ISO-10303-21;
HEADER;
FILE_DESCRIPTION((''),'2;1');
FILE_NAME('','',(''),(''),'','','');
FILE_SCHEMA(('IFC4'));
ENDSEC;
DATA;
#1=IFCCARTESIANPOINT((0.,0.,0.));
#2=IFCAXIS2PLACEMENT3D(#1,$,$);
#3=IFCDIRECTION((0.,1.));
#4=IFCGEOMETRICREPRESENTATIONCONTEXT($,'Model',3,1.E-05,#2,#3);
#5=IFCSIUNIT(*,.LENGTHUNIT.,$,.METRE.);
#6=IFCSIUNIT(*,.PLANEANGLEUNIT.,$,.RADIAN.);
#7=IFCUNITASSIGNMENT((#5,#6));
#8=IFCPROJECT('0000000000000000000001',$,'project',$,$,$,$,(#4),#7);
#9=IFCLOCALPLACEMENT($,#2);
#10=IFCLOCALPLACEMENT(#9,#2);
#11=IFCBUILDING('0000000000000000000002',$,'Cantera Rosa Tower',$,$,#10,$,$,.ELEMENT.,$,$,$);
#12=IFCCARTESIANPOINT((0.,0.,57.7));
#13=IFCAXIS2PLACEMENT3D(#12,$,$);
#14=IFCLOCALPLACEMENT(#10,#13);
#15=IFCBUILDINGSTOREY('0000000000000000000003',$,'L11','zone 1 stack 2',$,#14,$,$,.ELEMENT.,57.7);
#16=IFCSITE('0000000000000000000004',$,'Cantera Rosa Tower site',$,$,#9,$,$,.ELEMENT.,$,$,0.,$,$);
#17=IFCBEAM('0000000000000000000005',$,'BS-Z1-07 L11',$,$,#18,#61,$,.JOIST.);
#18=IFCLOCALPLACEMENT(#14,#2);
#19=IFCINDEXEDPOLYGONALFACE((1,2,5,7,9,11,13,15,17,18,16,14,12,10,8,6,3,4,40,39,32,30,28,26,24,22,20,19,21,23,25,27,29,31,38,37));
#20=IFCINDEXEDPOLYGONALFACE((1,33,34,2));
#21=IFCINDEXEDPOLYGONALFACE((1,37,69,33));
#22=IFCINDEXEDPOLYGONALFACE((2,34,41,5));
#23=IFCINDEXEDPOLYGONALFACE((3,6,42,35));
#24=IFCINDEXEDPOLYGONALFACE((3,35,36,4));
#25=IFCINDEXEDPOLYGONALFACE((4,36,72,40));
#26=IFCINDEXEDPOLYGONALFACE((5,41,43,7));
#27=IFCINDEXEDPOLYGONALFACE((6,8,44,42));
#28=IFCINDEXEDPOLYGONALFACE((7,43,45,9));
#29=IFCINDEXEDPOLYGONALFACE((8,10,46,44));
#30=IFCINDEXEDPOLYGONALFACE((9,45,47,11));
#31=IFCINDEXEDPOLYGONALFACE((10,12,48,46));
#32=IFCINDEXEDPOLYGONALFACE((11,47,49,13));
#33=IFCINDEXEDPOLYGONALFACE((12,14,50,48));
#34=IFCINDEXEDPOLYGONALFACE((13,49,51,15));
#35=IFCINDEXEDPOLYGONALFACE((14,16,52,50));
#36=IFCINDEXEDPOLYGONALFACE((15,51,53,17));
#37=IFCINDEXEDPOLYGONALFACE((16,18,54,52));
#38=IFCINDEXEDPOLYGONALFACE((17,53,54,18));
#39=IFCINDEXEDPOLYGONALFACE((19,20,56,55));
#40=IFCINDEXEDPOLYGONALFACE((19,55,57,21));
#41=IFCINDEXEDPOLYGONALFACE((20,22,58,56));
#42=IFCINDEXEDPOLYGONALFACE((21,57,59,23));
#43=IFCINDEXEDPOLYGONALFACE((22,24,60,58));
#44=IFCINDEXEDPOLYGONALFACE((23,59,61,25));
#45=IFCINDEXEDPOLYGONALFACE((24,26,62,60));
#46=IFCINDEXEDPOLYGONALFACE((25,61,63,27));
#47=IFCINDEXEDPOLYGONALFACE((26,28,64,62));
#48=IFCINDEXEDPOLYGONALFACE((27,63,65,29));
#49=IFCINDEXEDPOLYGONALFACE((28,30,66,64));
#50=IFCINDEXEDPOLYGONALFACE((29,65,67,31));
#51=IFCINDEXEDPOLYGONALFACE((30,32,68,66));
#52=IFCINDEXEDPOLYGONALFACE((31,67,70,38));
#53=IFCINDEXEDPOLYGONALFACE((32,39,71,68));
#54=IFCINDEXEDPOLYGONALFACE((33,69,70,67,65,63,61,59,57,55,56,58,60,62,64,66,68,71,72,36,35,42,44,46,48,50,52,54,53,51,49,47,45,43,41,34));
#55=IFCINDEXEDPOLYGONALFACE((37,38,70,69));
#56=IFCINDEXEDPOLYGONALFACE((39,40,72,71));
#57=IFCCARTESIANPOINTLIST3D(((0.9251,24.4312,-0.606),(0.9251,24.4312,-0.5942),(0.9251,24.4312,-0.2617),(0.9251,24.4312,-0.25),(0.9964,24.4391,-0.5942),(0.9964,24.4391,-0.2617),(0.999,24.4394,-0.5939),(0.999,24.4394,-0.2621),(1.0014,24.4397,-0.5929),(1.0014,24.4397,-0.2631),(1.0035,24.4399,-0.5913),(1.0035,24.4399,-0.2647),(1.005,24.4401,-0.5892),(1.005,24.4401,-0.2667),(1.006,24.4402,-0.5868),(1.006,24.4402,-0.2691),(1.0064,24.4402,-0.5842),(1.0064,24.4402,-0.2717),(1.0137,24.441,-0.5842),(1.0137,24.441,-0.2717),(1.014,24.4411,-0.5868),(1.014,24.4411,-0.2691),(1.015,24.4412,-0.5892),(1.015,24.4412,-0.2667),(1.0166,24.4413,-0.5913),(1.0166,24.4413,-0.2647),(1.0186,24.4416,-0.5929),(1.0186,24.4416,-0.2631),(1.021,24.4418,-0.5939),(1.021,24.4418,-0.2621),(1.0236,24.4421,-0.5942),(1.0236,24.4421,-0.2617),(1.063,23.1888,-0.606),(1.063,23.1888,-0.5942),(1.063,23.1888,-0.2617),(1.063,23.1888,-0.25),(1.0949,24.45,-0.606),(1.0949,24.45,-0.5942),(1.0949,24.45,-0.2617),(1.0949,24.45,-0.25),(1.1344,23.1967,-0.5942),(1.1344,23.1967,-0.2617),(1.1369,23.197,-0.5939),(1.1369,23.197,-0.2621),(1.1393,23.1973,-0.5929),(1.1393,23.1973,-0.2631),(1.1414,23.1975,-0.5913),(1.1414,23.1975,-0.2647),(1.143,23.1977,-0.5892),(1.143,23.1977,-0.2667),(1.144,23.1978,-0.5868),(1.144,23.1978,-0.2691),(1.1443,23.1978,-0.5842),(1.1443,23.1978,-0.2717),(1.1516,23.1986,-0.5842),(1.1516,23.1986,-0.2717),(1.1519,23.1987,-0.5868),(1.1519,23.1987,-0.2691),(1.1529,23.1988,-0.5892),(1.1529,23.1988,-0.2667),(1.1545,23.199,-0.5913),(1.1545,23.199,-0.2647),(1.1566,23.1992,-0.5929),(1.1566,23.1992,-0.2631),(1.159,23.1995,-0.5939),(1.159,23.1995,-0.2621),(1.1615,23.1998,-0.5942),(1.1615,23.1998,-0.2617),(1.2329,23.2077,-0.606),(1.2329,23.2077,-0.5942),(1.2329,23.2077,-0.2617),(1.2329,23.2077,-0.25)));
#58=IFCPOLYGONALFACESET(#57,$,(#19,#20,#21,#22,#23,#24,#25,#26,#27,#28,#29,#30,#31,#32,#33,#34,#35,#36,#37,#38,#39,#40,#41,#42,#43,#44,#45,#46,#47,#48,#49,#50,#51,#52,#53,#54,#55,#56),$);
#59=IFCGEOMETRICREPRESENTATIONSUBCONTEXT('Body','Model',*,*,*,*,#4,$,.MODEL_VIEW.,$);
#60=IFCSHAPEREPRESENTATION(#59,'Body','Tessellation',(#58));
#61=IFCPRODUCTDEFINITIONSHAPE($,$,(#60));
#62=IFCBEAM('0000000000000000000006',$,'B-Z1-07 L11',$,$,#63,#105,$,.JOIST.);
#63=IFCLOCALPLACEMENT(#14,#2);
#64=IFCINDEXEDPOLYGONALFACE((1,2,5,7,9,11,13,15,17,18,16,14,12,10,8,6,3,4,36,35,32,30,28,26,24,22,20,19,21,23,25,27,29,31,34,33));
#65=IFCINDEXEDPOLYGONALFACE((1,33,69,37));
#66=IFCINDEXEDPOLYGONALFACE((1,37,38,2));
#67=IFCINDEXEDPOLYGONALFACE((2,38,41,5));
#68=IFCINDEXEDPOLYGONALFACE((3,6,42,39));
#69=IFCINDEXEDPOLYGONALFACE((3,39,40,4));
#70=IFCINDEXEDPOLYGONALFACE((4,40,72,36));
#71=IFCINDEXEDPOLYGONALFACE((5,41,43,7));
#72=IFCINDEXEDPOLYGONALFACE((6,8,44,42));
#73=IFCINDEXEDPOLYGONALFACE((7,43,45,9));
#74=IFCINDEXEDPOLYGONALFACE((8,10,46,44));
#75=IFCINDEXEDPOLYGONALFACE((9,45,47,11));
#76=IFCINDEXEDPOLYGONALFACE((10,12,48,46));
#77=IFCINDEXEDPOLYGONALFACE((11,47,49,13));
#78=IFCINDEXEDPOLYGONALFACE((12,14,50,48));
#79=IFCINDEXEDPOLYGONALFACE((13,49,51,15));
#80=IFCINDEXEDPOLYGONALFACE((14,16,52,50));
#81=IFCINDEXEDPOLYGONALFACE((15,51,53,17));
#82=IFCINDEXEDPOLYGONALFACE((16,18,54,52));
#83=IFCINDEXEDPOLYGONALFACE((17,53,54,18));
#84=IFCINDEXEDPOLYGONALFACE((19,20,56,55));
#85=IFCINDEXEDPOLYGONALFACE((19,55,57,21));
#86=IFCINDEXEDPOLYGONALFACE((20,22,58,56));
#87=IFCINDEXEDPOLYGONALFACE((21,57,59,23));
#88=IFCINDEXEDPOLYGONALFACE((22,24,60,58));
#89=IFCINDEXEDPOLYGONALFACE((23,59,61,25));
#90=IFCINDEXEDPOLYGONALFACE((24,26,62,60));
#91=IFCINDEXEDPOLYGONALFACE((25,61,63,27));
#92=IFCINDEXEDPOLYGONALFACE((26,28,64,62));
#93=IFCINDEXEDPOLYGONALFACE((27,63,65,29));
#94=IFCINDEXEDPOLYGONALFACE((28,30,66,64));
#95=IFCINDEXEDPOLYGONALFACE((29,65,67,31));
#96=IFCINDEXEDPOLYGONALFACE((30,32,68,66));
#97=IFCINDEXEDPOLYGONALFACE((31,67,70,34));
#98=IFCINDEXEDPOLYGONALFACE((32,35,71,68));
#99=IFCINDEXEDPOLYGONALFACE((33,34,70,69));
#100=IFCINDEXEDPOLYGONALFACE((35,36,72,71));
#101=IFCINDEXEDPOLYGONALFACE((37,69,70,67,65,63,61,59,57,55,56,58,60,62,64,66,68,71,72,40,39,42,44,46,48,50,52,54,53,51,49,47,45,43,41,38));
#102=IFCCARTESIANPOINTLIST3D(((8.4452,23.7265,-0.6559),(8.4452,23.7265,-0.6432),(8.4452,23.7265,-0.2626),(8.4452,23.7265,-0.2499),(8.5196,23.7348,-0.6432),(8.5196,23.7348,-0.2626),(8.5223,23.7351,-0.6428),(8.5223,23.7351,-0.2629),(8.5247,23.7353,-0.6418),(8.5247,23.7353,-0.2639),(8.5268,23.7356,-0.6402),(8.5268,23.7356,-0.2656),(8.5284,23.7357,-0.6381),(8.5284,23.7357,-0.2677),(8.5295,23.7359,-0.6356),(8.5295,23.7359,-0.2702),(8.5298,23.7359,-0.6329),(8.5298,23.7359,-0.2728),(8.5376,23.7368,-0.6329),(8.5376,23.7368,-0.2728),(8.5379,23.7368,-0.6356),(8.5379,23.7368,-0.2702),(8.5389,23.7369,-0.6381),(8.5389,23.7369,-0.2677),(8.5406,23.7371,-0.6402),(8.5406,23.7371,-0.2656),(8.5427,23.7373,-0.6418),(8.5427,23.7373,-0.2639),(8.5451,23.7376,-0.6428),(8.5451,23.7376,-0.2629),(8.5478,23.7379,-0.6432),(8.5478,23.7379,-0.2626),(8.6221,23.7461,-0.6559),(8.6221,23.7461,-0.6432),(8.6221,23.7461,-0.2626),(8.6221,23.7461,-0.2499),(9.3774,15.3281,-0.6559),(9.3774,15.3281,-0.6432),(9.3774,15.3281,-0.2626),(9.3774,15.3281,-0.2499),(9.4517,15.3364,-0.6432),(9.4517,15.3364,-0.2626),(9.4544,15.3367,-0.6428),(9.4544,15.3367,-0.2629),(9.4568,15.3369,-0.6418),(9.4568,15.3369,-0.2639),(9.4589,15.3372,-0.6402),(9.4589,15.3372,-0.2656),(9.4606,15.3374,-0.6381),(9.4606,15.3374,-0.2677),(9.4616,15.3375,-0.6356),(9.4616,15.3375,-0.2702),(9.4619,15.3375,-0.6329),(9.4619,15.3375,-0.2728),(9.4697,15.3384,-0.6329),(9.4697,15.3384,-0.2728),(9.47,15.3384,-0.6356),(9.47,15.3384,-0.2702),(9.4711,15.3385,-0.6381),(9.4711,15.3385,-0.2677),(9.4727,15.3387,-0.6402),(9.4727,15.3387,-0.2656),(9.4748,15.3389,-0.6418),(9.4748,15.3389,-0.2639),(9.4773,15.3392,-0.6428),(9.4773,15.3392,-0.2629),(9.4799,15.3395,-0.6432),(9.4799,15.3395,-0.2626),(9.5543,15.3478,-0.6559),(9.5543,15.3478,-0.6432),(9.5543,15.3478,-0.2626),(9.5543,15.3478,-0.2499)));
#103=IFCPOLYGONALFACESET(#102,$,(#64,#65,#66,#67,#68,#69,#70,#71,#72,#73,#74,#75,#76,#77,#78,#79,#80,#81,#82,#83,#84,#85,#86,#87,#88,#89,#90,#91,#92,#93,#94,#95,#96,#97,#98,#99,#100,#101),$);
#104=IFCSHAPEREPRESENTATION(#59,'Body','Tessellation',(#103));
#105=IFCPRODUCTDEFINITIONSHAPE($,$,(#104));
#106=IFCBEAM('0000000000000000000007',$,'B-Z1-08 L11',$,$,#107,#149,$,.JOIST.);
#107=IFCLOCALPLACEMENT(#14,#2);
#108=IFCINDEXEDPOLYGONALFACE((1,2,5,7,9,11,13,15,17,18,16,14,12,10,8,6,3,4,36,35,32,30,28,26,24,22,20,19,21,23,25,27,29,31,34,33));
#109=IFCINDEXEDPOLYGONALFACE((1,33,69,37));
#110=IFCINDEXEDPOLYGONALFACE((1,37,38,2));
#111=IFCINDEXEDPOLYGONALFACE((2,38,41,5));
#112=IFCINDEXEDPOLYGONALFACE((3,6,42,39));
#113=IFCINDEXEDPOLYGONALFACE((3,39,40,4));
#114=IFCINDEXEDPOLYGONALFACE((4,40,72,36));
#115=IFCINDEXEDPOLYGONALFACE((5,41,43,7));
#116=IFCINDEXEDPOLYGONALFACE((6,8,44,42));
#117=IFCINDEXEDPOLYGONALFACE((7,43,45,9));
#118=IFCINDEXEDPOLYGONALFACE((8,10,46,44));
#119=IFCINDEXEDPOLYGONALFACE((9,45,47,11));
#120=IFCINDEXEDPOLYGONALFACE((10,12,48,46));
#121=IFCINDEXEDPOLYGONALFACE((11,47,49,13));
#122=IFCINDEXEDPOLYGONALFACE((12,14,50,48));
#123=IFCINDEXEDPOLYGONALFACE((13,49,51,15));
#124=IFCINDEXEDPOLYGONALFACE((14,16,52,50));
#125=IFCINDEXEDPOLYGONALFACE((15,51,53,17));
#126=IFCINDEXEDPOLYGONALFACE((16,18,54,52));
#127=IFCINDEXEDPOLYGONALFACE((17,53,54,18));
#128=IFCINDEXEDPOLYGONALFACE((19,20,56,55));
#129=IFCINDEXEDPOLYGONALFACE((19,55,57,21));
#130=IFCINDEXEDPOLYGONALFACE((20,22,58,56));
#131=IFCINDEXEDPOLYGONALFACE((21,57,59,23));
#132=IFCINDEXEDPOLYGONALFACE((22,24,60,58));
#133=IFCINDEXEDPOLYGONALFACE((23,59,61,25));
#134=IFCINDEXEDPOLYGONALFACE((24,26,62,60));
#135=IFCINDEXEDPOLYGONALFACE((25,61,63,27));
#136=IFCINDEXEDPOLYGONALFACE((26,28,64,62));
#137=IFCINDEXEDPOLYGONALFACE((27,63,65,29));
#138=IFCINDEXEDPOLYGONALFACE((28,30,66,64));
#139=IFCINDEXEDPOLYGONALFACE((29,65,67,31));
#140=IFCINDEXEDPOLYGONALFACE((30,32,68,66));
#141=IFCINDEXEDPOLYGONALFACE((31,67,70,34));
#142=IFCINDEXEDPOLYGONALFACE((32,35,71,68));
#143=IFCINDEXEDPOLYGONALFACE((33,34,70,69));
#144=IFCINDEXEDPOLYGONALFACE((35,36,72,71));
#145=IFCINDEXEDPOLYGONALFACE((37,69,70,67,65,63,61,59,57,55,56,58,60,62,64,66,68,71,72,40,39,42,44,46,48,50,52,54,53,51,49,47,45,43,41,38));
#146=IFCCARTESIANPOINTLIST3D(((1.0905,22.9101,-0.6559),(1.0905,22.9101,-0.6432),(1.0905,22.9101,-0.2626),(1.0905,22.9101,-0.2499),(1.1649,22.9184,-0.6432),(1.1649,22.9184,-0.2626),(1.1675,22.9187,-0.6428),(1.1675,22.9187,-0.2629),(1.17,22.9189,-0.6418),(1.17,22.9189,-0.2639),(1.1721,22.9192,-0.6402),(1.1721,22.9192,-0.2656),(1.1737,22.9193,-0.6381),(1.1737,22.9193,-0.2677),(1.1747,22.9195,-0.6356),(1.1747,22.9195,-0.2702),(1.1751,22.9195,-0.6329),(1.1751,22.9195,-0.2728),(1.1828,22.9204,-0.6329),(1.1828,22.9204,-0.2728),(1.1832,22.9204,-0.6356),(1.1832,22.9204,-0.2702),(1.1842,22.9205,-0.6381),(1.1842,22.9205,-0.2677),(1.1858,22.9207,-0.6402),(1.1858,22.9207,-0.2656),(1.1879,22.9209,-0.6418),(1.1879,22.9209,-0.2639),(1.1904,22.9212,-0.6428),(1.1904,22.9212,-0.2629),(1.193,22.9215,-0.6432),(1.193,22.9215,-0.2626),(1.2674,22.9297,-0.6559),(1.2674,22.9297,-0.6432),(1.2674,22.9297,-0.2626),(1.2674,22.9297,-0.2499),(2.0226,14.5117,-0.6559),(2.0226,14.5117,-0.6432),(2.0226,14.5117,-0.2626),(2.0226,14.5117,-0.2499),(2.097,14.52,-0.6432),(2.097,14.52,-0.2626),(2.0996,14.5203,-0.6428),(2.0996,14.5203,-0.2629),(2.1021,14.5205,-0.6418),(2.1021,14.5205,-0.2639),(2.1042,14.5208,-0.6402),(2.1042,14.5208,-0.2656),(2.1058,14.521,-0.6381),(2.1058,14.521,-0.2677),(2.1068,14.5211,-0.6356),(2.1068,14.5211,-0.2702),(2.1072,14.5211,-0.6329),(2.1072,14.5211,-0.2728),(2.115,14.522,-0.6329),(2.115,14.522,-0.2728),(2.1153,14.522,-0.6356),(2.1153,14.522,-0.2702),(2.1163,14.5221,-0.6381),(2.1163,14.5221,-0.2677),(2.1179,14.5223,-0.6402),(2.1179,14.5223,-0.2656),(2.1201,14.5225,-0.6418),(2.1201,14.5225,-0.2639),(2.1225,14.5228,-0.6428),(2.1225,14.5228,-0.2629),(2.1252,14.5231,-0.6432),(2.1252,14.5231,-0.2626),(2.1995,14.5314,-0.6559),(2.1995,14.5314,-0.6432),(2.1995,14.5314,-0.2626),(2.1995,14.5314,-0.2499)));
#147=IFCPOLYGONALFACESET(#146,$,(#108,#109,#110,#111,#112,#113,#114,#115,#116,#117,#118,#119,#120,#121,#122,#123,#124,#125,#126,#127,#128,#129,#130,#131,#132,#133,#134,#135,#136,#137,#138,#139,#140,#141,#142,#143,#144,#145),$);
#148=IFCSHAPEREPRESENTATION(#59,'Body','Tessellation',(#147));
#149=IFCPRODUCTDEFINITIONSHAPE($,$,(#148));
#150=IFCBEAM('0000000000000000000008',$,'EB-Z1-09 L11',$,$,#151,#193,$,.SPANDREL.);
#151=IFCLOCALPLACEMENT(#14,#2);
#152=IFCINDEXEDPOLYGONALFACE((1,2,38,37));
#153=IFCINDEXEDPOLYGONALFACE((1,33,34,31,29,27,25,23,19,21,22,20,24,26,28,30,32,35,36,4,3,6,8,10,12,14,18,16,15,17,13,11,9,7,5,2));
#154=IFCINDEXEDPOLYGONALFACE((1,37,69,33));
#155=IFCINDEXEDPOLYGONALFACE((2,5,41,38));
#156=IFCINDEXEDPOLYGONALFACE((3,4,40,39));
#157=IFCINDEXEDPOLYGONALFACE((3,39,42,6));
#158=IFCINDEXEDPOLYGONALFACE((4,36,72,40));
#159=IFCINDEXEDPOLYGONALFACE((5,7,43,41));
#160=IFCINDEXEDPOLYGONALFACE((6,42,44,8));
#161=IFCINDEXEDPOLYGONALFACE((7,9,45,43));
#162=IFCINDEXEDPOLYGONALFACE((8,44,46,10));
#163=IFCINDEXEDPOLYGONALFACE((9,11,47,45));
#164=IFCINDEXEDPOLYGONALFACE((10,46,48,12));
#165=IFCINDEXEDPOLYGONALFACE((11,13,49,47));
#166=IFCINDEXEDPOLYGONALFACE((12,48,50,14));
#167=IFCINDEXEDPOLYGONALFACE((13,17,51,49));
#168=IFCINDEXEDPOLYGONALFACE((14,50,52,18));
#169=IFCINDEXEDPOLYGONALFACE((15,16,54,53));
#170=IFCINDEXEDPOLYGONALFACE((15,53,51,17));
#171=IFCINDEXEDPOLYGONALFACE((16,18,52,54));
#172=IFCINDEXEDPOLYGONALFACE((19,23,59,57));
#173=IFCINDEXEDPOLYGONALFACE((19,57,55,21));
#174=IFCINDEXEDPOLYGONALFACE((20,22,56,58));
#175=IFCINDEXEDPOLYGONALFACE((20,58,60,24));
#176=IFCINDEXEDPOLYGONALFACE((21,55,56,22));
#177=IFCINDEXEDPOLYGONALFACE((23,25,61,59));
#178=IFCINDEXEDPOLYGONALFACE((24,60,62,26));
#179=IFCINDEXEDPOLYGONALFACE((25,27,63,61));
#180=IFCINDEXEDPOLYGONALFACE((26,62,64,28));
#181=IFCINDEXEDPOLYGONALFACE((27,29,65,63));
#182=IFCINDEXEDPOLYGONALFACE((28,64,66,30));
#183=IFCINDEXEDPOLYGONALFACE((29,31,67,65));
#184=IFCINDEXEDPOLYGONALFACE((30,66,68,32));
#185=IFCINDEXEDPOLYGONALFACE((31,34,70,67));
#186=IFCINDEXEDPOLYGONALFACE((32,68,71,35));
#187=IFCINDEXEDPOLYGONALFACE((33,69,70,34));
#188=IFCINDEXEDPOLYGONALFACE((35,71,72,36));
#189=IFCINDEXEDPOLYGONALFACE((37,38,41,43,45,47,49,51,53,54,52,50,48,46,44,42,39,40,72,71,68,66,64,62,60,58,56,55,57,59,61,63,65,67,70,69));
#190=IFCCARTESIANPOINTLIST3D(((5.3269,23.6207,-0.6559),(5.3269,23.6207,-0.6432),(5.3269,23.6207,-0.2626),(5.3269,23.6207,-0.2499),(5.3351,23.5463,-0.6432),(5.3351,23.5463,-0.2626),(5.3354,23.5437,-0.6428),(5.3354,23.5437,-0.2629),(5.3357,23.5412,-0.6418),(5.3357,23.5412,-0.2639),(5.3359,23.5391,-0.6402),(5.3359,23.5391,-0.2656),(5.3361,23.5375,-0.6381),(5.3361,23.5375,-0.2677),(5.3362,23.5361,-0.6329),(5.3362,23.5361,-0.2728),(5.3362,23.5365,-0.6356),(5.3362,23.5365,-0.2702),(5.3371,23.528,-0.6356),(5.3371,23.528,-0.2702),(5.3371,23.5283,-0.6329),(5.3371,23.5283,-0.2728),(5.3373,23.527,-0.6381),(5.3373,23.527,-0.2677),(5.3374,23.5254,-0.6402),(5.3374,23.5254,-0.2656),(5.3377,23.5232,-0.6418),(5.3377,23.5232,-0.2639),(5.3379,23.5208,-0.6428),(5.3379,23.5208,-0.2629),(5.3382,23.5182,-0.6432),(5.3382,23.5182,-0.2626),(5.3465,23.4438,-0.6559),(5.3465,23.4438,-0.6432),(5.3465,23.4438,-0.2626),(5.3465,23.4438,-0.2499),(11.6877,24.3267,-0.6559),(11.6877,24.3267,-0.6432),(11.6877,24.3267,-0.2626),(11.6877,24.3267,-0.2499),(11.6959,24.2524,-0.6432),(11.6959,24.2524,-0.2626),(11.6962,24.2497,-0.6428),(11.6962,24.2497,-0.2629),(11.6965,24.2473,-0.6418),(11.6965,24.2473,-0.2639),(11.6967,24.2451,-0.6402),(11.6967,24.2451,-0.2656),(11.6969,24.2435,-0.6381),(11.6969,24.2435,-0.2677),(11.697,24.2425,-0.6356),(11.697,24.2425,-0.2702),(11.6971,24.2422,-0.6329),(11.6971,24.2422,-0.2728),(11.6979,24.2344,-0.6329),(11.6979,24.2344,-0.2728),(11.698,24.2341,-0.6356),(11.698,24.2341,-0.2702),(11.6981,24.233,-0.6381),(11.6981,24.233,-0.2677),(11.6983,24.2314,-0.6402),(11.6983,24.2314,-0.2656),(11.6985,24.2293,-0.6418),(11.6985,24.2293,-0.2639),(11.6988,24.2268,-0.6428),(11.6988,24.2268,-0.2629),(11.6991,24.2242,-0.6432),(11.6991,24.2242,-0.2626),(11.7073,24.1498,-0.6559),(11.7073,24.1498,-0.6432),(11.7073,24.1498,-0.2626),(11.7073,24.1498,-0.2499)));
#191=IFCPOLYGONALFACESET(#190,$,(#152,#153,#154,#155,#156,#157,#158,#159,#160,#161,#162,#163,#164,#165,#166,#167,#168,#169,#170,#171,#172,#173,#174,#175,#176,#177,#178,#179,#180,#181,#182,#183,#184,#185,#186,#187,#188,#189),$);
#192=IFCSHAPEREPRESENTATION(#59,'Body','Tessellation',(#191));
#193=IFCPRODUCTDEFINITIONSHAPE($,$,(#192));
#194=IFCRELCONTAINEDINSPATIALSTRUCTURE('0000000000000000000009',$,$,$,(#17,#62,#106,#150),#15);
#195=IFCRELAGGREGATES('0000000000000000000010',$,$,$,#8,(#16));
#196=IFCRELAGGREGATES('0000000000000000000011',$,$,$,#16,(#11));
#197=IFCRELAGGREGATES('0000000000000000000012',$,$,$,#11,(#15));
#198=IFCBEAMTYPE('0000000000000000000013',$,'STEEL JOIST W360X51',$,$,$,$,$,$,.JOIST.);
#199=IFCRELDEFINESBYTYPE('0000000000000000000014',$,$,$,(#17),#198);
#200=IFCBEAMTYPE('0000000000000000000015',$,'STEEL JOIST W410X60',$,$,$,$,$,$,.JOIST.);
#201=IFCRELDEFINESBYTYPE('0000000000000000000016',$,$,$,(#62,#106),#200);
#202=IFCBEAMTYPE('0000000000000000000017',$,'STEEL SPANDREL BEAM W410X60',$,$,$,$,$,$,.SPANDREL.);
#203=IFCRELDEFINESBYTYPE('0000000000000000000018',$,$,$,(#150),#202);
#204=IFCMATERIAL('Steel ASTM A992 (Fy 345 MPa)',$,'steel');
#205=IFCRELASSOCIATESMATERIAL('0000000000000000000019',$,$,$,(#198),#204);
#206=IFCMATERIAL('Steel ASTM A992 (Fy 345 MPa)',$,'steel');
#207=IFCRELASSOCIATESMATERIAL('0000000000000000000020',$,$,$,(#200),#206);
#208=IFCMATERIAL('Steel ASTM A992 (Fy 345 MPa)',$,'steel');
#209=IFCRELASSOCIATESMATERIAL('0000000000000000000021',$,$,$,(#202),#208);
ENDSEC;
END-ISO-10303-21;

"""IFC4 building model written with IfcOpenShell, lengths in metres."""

from ifc_helpers import new_model, si_unit, direction, frame, origin, origin_2d, place, context, subcontext, project, spatial, i_section, extrude, material, material_profile, profile_set, type_object, element, save


model = new_model("IFC4")

# Units and contexts
model_context = context("Model", 3, precision=1e-05, world=origin(), true_north=direction((0.0, 1.0)))
body_context = subcontext(model_context, "Body", "Model", "MODEL_VIEW")
ifc_project = project(units=[si_unit("LENGTHUNIT", "METRE"), si_unit("PLANEANGLEUNIT", "RADIAN")], contexts=[model_context])

# Site, building, storey
site_placement = place(None, origin())
site = spatial("IfcSite", under=ifc_project, at=site_placement, Name="Cantera Rosa Tower site", CompositionType="ELEMENT", RefElevation=0.0)
building_placement = place(site_placement, origin())
building = spatial("IfcBuilding", under=site, at=building_placement, Name="Cantera Rosa Tower", CompositionType="ELEMENT")
storey_placement = place(building_placement, frame((0.0, 0.0, 57.7)))
storey = spatial("IfcBuildingStorey", under=building, at=storey_placement, Name="L11", Description="zone 1 stack 2", CompositionType="ELEMENT", Elevation=57.7)

# Beams
ifc_material_1 = material(Name="Steel ASTM A992 (Fy 345 MPa)", Category="steel")
ifc_material_profile_1 = material_profile(ifc_material_1, i_section(OverallWidth=0.1709, OverallDepth=0.356, WebThickness=0.0073, FlangeThickness=0.0117, FilletRadius=0.01, at=origin_2d()), Name="W360X51")
ifc_profile_set_1 = profile_set([ifc_material_profile_1], Name="Steel ASTM A992 (Fy 345 MPa)")
beam_type_1 = type_object("IfcBeamType", Name="STEEL JOIST W360X51", PredefinedType="JOIST", material=ifc_profile_set_1)
beam_1_placement = place(storey_placement, frame((1.1479, 23.1982, -0.428), z_axis=(-0.110346, 0.993893, 0.0), x_axis=(-0.993893, -0.110346, 0.0)))
element("IfcBeam", 1, at=beam_1_placement, inside=storey, type_object=beam_type_1, Name="BS-Z1-07 L11", PredefinedType="JOIST", context=body_context, shape_type="SweptSolid", body=[
    extrude(i_section(OverallWidth=0.1709, OverallDepth=0.356, WebThickness=0.0073, FlangeThickness=0.0117, FilletRadius=0.01, at=origin_2d()), origin(), (0.0, 0.0, 1.0), 1.25),
])
ifc_material_2 = material(Name="Steel ASTM A992 (Fy 345 MPa)", Category="steel")
ifc_material_profile_2 = material_profile(ifc_material_2, i_section(OverallWidth=0.178, OverallDepth=0.406, WebThickness=0.0078, FlangeThickness=0.0127, FilletRadius=0.0103, at=origin_2d()), Name="W410X60")
ifc_profile_set_2 = profile_set([ifc_material_profile_2], Name="Steel ASTM A992 (Fy 345 MPa)")
beam_type_2 = type_object("IfcBeamType", Name="STEEL JOIST W410X60", PredefinedType="JOIST", material=ifc_profile_set_2)
for number, where, z_axis, x_axis, name in (
    (2, (8.5337, 23.7363, -0.4529), (0.110311, -0.993897, 0.0), (0.993897, 0.110311, 0.0), "B-Z1-07 L11"),
    (3, (1.179, 22.9199, -0.4529), (0.110311, -0.993897, 0.0), (0.993897, 0.110311, 0.0), "B-Z1-08 L11"),
):
    element("IfcBeam", number, at=place(storey_placement, frame(where, z_axis=z_axis, x_axis=x_axis)), inside=storey, type_object=beam_type_2, Name=name, PredefinedType="JOIST", context=body_context, shape_type="SweptSolid", body=[
        extrude(i_section(OverallWidth=0.178, OverallDepth=0.406, WebThickness=0.0078, FlangeThickness=0.0127, FilletRadius=0.0103, at=origin_2d()), origin(), (0.0, 0.0, 1.0), 8.45),
    ])
ifc_material_3 = material(Name="Steel ASTM A992 (Fy 345 MPa)", Category="steel")
ifc_material_profile_3 = material_profile(ifc_material_3, i_section(OverallWidth=0.178, OverallDepth=0.406, WebThickness=0.0078, FlangeThickness=0.0127, FilletRadius=0.0103, at=origin_2d()), Name="W410X60")
ifc_profile_set_3 = profile_set([ifc_material_profile_3], Name="Steel ASTM A992 (Fy 345 MPa)")
beam_type_3 = type_object("IfcBeamType", Name="STEEL SPANDREL BEAM W410X60", PredefinedType="SPANDREL", material=ifc_profile_set_3)
for number, where, z_axis, x_axis, name in (
    (4, (11.6975, 24.2383, -0.4529), (-0.993896, -0.110323, 0.0), (0.110323, -0.993896, 0.0), "EB-Z1-09 L11"),
):
    element("IfcBeam", number, at=place(storey_placement, frame(where, z_axis=z_axis, x_axis=x_axis)), inside=storey, type_object=beam_type_3, Name=name, PredefinedType="SPANDREL", context=body_context, shape_type="SweptSolid", body=[
        extrude(i_section(OverallWidth=0.178, OverallDepth=0.406, WebThickness=0.0078, FlangeThickness=0.0127, FilletRadius=0.0103, at=origin_2d()), origin(), (0.0, 0.0, 1.0), 6.3999),
    ])

save(model, "model.ifc")
